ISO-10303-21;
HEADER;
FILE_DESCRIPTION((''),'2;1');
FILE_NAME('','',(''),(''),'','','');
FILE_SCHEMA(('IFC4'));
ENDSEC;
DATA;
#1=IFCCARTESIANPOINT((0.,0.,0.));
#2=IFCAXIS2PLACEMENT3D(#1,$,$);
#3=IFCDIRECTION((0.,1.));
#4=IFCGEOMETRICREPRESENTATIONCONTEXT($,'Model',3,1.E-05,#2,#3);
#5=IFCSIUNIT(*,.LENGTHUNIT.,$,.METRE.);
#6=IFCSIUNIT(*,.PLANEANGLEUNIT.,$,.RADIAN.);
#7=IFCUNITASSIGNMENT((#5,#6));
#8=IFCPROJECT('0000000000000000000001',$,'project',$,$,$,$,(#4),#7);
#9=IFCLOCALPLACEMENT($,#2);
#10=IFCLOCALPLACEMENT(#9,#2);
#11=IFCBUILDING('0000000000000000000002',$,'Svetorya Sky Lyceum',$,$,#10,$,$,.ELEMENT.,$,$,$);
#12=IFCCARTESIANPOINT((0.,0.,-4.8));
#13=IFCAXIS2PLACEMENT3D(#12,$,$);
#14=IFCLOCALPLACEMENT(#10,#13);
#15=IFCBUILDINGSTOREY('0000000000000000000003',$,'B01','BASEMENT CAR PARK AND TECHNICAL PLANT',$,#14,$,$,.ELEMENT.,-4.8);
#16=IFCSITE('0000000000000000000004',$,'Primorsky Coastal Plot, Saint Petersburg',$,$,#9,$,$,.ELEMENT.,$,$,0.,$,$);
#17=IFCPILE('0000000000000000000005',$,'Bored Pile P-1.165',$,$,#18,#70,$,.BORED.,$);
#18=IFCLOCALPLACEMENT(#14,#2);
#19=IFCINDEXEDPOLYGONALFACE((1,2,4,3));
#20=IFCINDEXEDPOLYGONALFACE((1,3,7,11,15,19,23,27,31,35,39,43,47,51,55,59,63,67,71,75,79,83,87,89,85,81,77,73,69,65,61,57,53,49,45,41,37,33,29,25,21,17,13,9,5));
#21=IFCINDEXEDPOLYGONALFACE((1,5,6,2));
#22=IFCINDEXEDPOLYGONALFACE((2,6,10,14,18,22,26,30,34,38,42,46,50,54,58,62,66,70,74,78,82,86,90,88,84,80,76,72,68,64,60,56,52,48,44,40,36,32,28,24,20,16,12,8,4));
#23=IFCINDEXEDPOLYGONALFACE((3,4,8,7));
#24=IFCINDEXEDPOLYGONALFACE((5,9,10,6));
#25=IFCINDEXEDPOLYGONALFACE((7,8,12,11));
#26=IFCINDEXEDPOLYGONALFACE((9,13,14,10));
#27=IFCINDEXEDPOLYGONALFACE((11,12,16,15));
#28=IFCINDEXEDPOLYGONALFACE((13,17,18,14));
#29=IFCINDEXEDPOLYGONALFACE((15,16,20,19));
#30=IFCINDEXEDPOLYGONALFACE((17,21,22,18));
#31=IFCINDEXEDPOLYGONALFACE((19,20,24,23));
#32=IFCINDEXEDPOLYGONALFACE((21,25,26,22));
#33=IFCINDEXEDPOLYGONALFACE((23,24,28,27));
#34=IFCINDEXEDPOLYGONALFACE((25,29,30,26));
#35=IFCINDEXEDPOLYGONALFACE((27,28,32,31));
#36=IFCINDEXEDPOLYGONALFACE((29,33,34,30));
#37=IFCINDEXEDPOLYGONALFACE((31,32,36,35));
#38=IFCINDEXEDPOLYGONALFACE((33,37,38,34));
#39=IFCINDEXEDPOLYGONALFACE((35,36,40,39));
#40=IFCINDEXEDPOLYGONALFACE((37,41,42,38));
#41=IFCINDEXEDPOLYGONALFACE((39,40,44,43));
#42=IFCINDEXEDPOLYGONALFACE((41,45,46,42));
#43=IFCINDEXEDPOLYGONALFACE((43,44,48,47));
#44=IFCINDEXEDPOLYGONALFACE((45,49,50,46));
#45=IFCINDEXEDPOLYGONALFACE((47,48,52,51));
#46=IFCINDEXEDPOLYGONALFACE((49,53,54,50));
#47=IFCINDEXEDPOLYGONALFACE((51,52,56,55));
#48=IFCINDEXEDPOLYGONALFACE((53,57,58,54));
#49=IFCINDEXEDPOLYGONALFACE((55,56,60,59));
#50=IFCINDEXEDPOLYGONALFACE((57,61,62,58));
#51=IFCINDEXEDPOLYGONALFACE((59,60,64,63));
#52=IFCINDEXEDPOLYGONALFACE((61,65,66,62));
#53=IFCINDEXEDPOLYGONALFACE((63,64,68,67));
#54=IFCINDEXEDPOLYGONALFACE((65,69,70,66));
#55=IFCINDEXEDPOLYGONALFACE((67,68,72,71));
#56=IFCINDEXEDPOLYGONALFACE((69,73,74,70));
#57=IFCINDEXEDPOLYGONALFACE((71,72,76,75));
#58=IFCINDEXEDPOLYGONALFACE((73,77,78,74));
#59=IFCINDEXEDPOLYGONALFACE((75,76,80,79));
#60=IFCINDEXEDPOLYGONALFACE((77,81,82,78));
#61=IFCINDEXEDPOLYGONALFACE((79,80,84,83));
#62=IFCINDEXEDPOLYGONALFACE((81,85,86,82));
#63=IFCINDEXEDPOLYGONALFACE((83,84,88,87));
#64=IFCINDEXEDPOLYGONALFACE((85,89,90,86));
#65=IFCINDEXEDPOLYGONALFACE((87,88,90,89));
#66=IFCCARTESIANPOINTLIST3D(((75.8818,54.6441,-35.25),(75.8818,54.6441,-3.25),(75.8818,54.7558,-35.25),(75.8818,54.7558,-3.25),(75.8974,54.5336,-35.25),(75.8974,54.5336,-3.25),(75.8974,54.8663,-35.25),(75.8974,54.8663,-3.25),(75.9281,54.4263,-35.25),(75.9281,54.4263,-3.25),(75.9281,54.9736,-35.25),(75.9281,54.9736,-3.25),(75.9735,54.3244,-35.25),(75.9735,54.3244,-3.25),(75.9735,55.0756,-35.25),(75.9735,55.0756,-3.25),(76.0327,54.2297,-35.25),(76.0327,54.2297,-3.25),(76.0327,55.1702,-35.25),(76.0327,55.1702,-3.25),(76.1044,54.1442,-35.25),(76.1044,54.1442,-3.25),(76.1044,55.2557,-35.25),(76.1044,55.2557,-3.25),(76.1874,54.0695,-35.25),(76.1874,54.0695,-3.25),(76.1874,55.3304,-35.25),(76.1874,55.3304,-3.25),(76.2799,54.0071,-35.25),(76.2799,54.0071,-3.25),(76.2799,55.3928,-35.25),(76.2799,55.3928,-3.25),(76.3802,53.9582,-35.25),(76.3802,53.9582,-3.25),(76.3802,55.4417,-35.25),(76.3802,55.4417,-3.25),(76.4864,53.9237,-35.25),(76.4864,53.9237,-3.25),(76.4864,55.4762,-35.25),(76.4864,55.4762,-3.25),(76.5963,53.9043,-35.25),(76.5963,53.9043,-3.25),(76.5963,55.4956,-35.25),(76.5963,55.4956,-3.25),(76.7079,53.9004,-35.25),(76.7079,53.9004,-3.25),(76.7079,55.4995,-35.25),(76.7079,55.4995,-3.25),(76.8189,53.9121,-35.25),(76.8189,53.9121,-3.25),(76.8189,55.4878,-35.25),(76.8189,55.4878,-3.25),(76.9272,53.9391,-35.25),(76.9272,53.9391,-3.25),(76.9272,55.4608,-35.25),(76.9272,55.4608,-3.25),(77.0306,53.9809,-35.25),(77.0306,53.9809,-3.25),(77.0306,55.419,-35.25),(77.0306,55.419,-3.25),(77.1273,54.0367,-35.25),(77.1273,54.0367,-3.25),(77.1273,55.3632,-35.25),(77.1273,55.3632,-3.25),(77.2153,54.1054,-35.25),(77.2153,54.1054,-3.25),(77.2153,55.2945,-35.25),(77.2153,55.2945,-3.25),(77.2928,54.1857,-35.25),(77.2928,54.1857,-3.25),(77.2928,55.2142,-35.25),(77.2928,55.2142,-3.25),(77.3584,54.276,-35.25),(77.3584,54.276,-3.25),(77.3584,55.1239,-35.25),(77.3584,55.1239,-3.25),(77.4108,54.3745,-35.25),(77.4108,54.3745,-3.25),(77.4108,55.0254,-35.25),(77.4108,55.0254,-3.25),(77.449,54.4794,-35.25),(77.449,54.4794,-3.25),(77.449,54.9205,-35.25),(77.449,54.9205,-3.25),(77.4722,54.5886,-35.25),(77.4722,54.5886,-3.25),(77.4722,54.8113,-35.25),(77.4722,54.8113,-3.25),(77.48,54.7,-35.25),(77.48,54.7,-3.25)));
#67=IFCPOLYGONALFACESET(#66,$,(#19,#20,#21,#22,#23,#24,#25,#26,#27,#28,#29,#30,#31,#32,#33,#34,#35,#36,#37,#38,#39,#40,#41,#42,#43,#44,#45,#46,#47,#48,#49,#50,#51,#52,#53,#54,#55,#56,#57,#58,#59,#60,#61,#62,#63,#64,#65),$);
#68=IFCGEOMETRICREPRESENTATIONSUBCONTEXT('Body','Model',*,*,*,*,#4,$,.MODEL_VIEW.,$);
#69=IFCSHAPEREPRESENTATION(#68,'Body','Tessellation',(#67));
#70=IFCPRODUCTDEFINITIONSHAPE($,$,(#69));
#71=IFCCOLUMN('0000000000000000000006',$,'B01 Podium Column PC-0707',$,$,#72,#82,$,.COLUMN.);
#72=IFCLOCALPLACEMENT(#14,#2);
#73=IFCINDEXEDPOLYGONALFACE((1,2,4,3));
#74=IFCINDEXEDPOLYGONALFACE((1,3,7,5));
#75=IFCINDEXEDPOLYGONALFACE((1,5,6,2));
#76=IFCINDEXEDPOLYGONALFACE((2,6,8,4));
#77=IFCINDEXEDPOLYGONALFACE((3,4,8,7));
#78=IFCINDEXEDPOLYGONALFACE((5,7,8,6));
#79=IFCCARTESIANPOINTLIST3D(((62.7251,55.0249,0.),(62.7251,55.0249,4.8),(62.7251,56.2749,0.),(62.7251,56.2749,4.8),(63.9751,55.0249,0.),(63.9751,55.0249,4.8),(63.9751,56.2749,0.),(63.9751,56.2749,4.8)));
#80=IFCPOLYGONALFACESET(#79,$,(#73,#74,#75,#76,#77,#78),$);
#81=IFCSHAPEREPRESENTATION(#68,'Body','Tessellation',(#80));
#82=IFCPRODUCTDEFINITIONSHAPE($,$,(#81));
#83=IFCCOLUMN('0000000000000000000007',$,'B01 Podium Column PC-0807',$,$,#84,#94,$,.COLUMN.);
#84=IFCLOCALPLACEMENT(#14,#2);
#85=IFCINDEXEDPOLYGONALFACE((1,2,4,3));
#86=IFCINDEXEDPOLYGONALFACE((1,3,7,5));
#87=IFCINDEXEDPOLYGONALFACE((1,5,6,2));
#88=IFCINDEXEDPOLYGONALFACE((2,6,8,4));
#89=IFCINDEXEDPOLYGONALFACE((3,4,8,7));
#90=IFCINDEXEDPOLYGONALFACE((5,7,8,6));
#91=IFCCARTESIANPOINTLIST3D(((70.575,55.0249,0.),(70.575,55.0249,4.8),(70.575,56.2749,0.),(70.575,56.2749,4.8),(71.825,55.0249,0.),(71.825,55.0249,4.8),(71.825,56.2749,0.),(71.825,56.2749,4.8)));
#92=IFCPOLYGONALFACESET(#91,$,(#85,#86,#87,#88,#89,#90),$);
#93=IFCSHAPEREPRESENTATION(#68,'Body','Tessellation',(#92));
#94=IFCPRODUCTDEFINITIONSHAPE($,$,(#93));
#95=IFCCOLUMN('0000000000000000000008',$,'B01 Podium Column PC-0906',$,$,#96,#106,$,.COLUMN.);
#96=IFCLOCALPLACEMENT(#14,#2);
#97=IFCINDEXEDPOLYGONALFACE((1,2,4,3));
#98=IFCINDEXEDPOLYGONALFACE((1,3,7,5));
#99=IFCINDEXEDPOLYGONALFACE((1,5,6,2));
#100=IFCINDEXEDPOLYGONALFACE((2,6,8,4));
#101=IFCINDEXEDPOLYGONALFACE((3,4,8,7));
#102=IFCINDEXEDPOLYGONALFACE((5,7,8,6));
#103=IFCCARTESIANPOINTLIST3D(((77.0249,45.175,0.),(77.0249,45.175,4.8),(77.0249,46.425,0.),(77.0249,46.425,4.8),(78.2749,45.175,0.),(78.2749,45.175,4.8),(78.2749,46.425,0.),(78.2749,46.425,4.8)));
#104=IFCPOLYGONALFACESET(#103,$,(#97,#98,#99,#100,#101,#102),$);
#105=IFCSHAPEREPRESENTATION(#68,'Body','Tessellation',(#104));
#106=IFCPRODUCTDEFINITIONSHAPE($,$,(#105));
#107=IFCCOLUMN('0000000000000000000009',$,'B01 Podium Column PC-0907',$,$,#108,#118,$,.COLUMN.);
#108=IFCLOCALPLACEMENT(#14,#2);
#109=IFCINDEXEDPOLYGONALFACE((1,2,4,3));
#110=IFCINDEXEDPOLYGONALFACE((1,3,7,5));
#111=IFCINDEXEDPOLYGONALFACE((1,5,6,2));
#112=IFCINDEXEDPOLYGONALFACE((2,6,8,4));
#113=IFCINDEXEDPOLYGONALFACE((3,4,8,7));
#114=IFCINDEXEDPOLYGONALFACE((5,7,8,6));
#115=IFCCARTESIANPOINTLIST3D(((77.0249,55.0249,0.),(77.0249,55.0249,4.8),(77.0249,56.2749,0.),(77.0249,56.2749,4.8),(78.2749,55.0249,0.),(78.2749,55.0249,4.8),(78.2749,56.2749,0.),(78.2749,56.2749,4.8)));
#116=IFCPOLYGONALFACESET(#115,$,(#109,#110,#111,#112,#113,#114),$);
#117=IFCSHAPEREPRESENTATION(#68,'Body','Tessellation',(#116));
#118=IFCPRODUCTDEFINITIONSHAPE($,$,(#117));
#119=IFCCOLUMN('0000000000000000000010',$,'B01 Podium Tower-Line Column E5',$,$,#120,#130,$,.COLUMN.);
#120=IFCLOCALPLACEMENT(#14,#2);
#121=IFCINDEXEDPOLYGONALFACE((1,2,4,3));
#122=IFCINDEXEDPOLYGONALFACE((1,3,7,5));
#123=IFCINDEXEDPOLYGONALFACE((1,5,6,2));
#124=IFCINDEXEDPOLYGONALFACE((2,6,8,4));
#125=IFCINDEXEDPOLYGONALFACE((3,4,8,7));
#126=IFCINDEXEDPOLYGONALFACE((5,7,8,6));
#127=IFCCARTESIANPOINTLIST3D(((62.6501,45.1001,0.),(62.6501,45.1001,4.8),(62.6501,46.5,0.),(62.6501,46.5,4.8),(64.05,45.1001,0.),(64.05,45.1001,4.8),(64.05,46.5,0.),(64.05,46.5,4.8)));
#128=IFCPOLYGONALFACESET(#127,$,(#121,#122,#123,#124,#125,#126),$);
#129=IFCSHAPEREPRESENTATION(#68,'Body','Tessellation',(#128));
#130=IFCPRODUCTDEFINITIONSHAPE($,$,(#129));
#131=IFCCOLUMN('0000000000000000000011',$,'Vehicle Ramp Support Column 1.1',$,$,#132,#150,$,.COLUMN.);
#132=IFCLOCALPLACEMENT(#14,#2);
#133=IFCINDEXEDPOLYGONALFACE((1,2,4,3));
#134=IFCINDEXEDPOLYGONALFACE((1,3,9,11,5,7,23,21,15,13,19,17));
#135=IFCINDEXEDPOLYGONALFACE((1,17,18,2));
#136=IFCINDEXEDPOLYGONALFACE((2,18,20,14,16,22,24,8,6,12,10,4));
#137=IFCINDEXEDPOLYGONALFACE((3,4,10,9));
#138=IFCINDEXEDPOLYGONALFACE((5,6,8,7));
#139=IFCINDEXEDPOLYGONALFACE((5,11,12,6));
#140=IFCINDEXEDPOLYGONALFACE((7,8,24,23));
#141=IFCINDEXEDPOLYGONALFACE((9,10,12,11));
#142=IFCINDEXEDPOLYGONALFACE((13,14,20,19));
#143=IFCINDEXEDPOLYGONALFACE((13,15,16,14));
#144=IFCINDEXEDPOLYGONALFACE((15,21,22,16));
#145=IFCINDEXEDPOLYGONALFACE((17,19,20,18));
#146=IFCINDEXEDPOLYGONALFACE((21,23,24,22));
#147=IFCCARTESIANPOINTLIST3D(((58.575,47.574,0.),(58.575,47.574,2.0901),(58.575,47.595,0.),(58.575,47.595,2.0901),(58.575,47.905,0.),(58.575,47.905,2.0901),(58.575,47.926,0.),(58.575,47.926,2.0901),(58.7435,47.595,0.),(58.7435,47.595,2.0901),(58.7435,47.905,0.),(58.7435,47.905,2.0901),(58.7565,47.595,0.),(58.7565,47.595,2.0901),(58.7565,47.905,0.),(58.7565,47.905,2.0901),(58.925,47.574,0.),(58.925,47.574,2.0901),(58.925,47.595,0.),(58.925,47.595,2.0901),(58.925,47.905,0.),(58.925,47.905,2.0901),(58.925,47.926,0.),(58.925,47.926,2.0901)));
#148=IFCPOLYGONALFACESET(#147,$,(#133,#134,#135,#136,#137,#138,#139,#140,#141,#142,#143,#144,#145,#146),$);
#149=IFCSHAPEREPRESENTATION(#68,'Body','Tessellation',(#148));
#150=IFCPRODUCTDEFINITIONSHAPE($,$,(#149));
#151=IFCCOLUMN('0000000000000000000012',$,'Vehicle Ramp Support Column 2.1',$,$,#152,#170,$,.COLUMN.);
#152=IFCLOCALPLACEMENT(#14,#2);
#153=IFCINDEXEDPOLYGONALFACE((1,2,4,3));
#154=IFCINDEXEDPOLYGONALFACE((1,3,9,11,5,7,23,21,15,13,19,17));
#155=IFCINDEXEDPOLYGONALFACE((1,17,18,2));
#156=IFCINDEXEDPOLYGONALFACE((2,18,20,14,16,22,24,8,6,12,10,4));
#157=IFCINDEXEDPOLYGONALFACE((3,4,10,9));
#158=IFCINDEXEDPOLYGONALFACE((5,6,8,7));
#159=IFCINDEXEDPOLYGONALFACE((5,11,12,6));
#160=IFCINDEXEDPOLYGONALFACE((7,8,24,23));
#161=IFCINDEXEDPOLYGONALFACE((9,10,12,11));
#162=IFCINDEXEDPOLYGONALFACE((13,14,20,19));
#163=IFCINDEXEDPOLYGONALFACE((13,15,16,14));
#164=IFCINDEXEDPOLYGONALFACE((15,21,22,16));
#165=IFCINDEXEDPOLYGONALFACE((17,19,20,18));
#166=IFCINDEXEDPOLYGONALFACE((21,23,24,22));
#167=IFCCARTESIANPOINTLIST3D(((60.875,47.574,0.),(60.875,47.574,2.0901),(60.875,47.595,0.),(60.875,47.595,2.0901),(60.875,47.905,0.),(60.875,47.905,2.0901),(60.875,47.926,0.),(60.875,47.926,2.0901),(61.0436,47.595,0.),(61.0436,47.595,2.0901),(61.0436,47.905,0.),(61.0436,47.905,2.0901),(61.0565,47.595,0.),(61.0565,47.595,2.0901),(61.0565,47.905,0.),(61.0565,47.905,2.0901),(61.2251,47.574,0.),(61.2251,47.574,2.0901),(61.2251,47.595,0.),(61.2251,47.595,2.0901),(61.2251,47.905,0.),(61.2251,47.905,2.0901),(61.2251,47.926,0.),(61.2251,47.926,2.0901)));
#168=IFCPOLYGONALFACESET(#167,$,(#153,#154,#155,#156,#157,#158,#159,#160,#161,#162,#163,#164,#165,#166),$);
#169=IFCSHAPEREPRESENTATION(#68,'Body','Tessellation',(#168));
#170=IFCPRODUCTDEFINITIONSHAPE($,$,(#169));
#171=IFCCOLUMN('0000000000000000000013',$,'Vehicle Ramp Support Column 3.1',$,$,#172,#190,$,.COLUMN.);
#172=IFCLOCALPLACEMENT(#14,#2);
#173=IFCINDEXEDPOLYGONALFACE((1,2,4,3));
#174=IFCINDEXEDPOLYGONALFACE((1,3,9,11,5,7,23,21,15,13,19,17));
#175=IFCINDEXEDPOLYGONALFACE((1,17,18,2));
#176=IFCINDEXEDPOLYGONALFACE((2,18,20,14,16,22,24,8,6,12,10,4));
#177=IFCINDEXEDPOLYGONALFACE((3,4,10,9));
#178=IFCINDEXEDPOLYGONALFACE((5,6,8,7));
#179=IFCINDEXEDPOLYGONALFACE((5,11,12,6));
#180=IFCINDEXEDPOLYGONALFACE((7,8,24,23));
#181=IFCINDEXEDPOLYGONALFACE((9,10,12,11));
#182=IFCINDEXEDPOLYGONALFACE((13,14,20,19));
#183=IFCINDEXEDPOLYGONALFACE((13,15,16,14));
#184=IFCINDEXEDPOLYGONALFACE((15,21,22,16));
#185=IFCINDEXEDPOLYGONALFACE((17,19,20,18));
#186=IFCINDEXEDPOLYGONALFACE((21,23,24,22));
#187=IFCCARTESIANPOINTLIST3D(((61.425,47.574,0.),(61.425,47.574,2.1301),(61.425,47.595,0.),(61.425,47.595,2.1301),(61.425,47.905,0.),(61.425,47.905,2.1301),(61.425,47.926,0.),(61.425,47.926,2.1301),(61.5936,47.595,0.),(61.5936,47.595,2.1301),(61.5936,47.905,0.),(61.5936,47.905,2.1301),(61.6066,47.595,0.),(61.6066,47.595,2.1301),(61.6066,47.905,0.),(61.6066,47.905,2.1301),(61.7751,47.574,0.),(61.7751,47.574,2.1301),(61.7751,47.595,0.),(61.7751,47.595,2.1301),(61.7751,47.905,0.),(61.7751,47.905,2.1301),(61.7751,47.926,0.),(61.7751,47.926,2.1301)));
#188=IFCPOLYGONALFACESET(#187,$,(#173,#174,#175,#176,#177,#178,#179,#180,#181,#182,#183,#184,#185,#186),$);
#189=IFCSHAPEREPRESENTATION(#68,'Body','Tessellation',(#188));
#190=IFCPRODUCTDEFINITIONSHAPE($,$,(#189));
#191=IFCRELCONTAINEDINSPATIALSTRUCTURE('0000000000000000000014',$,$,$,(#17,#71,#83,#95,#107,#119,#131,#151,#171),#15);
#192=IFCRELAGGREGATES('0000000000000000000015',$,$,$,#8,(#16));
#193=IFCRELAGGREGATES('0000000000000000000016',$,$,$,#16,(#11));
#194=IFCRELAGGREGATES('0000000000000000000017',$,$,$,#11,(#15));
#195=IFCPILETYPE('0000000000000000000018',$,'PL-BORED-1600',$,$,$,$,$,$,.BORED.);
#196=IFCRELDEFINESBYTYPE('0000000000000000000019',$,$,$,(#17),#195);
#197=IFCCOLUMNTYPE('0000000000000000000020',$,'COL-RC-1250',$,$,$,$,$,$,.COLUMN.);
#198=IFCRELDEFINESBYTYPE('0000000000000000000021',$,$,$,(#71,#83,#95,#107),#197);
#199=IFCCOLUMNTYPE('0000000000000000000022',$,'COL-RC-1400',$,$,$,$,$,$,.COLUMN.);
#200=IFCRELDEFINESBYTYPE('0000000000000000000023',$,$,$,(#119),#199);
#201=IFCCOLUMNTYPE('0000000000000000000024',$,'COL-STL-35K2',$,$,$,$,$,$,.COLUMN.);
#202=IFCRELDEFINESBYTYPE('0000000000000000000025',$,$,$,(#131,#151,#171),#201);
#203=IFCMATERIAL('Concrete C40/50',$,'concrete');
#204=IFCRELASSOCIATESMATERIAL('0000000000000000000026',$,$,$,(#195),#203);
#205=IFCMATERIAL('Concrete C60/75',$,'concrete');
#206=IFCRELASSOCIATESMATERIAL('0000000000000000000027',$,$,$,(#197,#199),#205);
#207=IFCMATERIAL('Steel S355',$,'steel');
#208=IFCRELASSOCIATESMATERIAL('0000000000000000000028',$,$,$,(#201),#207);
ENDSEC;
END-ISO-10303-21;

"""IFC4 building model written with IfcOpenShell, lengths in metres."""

from ifc_helpers import new_model, si_unit, direction, frame, origin, origin_2d, place, context, subcontext, project, spatial, rectangle, circle, i_section, extrude, material, material_profile, profile_set, type_object, element, save


model = new_model("IFC4")

# Units and contexts
model_context = context("Model", 3, precision=1e-05, world=origin(), true_north=direction((0.0, 1.0)))
body_context = subcontext(model_context, "Body", "Model", "MODEL_VIEW")
ifc_project = project(units=[si_unit("LENGTHUNIT", "METRE"), si_unit("PLANEANGLEUNIT", "RADIAN")], contexts=[model_context])

# Site, building, storey
site_placement = place(None, origin())
site = spatial("IfcSite", under=ifc_project, at=site_placement, Name="Primorsky Coastal Plot, Saint Petersburg", CompositionType="ELEMENT", RefElevation=0.0)
building_placement = place(site_placement, origin())
building = spatial("IfcBuilding", under=site, at=building_placement, Name="Svetorya Sky Lyceum", CompositionType="ELEMENT")
storey_placement = place(building_placement, frame((0.0, 0.0, -4.8)))
storey = spatial("IfcBuildingStorey", under=building, at=storey_placement, Name="B01", Description="BASEMENT CAR PARK AND TECHNICAL PLANT", CompositionType="ELEMENT", Elevation=-4.8)

# Pile
ifc_material_1 = material(Name="Concrete C40/50", Category="concrete")
ifc_material_profile_1 = material_profile(ifc_material_1, circle(Radius=0.8, at=origin_2d()), Name="RC PILE D1600")
ifc_profile_set_1 = profile_set([ifc_material_profile_1], Name="Concrete C40/50")
pile_type = type_object("IfcPileType", Name="PL-BORED-1600", PredefinedType="BORED", material=ifc_profile_set_1)
for number, where, z_axis, x_axis, name in (
    (1, (76.6799, 54.7, -3.25), (0.0, 0.0, -1.0), (1.0, 0.0, 0.0), "Bored Pile P-1.165"),
):
    element("IfcPile", number, at=place(storey_placement, frame(where, z_axis=z_axis, x_axis=x_axis)), inside=storey, type_object=pile_type, Name=name, PredefinedType="BORED", context=body_context, shape_type="SweptSolid", body=[
        extrude(circle(Radius=0.8, at=origin_2d()), origin(), (0.0, 0.0, 1.0), 32.0),
    ])

# Columns
ifc_material_2 = material(Name="Concrete C60/75", Category="concrete")
ifc_material_profile_2 = material_profile(ifc_material_2, rectangle(XDim=1.25, YDim=1.25, at=origin_2d()), Name="RC COL 1250x1250")
ifc_profile_set_2 = profile_set([ifc_material_profile_2], Name="Concrete C60/75")
column_type_1 = type_object("IfcColumnType", Name="COL-RC-1250", PredefinedType="COLUMN", material=ifc_profile_set_2)
for number, where, z_axis, x_axis, name in (
    (2, (63.3501, 55.6499, 0.0), (0.0, 0.0, 1.0), (1.0, 0.0, 0.0), "B01 Podium Column PC-0707"),
    (3, (71.2, 55.6499, 0.0), (0.0, 0.0, 1.0), (1.0, 0.0, 0.0), "B01 Podium Column PC-0807"),
    (4, (77.6499, 45.8, 0.0), (0.0, 0.0, 1.0), (1.0, 0.0, 0.0), "B01 Podium Column PC-0906"),
    (5, (77.6499, 55.6499, 0.0), (0.0, 0.0, 1.0), (1.0, 0.0, 0.0), "B01 Podium Column PC-0907"),
):
    element("IfcColumn", number, at=place(storey_placement, frame(where, z_axis=z_axis, x_axis=x_axis)), inside=storey, type_object=column_type_1, Name=name, PredefinedType="COLUMN", context=body_context, shape_type="SweptSolid", body=[
        extrude(rectangle(XDim=1.25, YDim=1.25, at=origin_2d()), origin(), (0.0, 0.0, 1.0), 4.8),
    ])
ifc_material_profile_3 = material_profile(ifc_material_2, rectangle(XDim=1.3999, YDim=1.3999, at=origin_2d()), Name="RC COL 1400x1400")
ifc_profile_set_3 = profile_set([ifc_material_profile_3], Name="Concrete C60/75")
column_type_2 = type_object("IfcColumnType", Name="COL-RC-1400", PredefinedType="COLUMN", material=ifc_profile_set_3)
column_1_placement = place(storey_placement, frame((63.3501, 45.8, 0.0), z_axis=(0.0, 0.0, 1.0), x_axis=(1.0, 0.0, 0.0)))
element("IfcColumn", 6, at=column_1_placement, inside=storey, type_object=column_type_2, Name="B01 Podium Tower-Line Column E5", PredefinedType="COLUMN", context=body_context, shape_type="SweptSolid", body=[
    extrude(rectangle(XDim=1.3999, YDim=1.3999, at=origin_2d()), origin(), (0.0, 0.0, 1.0), 4.8),
])
ifc_material_3 = material(Name="Steel S355", Category="steel")
ifc_material_profile_4 = material_profile(ifc_material_3, i_section(OverallWidth=0.3501, OverallDepth=0.3521, WebThickness=0.0129, FlangeThickness=0.021, at=origin_2d()), Name="GOST 35K2")
ifc_profile_set_4 = profile_set([ifc_material_profile_4], Name="Steel S355")
column_type_3 = type_object("IfcColumnType", Name="COL-STL-35K2", PredefinedType="COLUMN", material=ifc_profile_set_4)
for number, where, z_axis, x_axis, name in (
    (7, (58.75, 47.75, 0.0), (0.0, 0.0, 1.0), (1.0, 0.0, 0.0), "Vehicle Ramp Support Column 1.1"),
    (8, (61.05, 47.75, 0.0), (0.0, 0.0, 1.0), (1.0, 0.0, 0.0), "Vehicle Ramp Support Column 2.1"),
):
    element("IfcColumn", number, at=place(storey_placement, frame(where, z_axis=z_axis, x_axis=x_axis)), inside=storey, type_object=column_type_3, Name=name, PredefinedType="COLUMN", context=body_context, shape_type="SweptSolid", body=[
        extrude(i_section(OverallWidth=0.3501, OverallDepth=0.3521, WebThickness=0.0129, FlangeThickness=0.021, at=origin_2d()), origin(), (0.0, 0.0, 1.0), 2.0901),
    ])
column_2_placement = place(storey_placement, frame((61.6001, 47.75, 0.0), z_axis=(0.0, 0.0, 1.0), x_axis=(1.0, 0.0, 0.0)))
element("IfcColumn", 9, at=column_2_placement, inside=storey, type_object=column_type_3, Name="Vehicle Ramp Support Column 3.1", PredefinedType="COLUMN", context=body_context, shape_type="SweptSolid", body=[
    extrude(i_section(OverallWidth=0.3501, OverallDepth=0.3521, WebThickness=0.0129, FlangeThickness=0.021, at=origin_2d()), origin(), (0.0, 0.0, 1.0), 2.1301),
])

save(model, "model.ifc")
